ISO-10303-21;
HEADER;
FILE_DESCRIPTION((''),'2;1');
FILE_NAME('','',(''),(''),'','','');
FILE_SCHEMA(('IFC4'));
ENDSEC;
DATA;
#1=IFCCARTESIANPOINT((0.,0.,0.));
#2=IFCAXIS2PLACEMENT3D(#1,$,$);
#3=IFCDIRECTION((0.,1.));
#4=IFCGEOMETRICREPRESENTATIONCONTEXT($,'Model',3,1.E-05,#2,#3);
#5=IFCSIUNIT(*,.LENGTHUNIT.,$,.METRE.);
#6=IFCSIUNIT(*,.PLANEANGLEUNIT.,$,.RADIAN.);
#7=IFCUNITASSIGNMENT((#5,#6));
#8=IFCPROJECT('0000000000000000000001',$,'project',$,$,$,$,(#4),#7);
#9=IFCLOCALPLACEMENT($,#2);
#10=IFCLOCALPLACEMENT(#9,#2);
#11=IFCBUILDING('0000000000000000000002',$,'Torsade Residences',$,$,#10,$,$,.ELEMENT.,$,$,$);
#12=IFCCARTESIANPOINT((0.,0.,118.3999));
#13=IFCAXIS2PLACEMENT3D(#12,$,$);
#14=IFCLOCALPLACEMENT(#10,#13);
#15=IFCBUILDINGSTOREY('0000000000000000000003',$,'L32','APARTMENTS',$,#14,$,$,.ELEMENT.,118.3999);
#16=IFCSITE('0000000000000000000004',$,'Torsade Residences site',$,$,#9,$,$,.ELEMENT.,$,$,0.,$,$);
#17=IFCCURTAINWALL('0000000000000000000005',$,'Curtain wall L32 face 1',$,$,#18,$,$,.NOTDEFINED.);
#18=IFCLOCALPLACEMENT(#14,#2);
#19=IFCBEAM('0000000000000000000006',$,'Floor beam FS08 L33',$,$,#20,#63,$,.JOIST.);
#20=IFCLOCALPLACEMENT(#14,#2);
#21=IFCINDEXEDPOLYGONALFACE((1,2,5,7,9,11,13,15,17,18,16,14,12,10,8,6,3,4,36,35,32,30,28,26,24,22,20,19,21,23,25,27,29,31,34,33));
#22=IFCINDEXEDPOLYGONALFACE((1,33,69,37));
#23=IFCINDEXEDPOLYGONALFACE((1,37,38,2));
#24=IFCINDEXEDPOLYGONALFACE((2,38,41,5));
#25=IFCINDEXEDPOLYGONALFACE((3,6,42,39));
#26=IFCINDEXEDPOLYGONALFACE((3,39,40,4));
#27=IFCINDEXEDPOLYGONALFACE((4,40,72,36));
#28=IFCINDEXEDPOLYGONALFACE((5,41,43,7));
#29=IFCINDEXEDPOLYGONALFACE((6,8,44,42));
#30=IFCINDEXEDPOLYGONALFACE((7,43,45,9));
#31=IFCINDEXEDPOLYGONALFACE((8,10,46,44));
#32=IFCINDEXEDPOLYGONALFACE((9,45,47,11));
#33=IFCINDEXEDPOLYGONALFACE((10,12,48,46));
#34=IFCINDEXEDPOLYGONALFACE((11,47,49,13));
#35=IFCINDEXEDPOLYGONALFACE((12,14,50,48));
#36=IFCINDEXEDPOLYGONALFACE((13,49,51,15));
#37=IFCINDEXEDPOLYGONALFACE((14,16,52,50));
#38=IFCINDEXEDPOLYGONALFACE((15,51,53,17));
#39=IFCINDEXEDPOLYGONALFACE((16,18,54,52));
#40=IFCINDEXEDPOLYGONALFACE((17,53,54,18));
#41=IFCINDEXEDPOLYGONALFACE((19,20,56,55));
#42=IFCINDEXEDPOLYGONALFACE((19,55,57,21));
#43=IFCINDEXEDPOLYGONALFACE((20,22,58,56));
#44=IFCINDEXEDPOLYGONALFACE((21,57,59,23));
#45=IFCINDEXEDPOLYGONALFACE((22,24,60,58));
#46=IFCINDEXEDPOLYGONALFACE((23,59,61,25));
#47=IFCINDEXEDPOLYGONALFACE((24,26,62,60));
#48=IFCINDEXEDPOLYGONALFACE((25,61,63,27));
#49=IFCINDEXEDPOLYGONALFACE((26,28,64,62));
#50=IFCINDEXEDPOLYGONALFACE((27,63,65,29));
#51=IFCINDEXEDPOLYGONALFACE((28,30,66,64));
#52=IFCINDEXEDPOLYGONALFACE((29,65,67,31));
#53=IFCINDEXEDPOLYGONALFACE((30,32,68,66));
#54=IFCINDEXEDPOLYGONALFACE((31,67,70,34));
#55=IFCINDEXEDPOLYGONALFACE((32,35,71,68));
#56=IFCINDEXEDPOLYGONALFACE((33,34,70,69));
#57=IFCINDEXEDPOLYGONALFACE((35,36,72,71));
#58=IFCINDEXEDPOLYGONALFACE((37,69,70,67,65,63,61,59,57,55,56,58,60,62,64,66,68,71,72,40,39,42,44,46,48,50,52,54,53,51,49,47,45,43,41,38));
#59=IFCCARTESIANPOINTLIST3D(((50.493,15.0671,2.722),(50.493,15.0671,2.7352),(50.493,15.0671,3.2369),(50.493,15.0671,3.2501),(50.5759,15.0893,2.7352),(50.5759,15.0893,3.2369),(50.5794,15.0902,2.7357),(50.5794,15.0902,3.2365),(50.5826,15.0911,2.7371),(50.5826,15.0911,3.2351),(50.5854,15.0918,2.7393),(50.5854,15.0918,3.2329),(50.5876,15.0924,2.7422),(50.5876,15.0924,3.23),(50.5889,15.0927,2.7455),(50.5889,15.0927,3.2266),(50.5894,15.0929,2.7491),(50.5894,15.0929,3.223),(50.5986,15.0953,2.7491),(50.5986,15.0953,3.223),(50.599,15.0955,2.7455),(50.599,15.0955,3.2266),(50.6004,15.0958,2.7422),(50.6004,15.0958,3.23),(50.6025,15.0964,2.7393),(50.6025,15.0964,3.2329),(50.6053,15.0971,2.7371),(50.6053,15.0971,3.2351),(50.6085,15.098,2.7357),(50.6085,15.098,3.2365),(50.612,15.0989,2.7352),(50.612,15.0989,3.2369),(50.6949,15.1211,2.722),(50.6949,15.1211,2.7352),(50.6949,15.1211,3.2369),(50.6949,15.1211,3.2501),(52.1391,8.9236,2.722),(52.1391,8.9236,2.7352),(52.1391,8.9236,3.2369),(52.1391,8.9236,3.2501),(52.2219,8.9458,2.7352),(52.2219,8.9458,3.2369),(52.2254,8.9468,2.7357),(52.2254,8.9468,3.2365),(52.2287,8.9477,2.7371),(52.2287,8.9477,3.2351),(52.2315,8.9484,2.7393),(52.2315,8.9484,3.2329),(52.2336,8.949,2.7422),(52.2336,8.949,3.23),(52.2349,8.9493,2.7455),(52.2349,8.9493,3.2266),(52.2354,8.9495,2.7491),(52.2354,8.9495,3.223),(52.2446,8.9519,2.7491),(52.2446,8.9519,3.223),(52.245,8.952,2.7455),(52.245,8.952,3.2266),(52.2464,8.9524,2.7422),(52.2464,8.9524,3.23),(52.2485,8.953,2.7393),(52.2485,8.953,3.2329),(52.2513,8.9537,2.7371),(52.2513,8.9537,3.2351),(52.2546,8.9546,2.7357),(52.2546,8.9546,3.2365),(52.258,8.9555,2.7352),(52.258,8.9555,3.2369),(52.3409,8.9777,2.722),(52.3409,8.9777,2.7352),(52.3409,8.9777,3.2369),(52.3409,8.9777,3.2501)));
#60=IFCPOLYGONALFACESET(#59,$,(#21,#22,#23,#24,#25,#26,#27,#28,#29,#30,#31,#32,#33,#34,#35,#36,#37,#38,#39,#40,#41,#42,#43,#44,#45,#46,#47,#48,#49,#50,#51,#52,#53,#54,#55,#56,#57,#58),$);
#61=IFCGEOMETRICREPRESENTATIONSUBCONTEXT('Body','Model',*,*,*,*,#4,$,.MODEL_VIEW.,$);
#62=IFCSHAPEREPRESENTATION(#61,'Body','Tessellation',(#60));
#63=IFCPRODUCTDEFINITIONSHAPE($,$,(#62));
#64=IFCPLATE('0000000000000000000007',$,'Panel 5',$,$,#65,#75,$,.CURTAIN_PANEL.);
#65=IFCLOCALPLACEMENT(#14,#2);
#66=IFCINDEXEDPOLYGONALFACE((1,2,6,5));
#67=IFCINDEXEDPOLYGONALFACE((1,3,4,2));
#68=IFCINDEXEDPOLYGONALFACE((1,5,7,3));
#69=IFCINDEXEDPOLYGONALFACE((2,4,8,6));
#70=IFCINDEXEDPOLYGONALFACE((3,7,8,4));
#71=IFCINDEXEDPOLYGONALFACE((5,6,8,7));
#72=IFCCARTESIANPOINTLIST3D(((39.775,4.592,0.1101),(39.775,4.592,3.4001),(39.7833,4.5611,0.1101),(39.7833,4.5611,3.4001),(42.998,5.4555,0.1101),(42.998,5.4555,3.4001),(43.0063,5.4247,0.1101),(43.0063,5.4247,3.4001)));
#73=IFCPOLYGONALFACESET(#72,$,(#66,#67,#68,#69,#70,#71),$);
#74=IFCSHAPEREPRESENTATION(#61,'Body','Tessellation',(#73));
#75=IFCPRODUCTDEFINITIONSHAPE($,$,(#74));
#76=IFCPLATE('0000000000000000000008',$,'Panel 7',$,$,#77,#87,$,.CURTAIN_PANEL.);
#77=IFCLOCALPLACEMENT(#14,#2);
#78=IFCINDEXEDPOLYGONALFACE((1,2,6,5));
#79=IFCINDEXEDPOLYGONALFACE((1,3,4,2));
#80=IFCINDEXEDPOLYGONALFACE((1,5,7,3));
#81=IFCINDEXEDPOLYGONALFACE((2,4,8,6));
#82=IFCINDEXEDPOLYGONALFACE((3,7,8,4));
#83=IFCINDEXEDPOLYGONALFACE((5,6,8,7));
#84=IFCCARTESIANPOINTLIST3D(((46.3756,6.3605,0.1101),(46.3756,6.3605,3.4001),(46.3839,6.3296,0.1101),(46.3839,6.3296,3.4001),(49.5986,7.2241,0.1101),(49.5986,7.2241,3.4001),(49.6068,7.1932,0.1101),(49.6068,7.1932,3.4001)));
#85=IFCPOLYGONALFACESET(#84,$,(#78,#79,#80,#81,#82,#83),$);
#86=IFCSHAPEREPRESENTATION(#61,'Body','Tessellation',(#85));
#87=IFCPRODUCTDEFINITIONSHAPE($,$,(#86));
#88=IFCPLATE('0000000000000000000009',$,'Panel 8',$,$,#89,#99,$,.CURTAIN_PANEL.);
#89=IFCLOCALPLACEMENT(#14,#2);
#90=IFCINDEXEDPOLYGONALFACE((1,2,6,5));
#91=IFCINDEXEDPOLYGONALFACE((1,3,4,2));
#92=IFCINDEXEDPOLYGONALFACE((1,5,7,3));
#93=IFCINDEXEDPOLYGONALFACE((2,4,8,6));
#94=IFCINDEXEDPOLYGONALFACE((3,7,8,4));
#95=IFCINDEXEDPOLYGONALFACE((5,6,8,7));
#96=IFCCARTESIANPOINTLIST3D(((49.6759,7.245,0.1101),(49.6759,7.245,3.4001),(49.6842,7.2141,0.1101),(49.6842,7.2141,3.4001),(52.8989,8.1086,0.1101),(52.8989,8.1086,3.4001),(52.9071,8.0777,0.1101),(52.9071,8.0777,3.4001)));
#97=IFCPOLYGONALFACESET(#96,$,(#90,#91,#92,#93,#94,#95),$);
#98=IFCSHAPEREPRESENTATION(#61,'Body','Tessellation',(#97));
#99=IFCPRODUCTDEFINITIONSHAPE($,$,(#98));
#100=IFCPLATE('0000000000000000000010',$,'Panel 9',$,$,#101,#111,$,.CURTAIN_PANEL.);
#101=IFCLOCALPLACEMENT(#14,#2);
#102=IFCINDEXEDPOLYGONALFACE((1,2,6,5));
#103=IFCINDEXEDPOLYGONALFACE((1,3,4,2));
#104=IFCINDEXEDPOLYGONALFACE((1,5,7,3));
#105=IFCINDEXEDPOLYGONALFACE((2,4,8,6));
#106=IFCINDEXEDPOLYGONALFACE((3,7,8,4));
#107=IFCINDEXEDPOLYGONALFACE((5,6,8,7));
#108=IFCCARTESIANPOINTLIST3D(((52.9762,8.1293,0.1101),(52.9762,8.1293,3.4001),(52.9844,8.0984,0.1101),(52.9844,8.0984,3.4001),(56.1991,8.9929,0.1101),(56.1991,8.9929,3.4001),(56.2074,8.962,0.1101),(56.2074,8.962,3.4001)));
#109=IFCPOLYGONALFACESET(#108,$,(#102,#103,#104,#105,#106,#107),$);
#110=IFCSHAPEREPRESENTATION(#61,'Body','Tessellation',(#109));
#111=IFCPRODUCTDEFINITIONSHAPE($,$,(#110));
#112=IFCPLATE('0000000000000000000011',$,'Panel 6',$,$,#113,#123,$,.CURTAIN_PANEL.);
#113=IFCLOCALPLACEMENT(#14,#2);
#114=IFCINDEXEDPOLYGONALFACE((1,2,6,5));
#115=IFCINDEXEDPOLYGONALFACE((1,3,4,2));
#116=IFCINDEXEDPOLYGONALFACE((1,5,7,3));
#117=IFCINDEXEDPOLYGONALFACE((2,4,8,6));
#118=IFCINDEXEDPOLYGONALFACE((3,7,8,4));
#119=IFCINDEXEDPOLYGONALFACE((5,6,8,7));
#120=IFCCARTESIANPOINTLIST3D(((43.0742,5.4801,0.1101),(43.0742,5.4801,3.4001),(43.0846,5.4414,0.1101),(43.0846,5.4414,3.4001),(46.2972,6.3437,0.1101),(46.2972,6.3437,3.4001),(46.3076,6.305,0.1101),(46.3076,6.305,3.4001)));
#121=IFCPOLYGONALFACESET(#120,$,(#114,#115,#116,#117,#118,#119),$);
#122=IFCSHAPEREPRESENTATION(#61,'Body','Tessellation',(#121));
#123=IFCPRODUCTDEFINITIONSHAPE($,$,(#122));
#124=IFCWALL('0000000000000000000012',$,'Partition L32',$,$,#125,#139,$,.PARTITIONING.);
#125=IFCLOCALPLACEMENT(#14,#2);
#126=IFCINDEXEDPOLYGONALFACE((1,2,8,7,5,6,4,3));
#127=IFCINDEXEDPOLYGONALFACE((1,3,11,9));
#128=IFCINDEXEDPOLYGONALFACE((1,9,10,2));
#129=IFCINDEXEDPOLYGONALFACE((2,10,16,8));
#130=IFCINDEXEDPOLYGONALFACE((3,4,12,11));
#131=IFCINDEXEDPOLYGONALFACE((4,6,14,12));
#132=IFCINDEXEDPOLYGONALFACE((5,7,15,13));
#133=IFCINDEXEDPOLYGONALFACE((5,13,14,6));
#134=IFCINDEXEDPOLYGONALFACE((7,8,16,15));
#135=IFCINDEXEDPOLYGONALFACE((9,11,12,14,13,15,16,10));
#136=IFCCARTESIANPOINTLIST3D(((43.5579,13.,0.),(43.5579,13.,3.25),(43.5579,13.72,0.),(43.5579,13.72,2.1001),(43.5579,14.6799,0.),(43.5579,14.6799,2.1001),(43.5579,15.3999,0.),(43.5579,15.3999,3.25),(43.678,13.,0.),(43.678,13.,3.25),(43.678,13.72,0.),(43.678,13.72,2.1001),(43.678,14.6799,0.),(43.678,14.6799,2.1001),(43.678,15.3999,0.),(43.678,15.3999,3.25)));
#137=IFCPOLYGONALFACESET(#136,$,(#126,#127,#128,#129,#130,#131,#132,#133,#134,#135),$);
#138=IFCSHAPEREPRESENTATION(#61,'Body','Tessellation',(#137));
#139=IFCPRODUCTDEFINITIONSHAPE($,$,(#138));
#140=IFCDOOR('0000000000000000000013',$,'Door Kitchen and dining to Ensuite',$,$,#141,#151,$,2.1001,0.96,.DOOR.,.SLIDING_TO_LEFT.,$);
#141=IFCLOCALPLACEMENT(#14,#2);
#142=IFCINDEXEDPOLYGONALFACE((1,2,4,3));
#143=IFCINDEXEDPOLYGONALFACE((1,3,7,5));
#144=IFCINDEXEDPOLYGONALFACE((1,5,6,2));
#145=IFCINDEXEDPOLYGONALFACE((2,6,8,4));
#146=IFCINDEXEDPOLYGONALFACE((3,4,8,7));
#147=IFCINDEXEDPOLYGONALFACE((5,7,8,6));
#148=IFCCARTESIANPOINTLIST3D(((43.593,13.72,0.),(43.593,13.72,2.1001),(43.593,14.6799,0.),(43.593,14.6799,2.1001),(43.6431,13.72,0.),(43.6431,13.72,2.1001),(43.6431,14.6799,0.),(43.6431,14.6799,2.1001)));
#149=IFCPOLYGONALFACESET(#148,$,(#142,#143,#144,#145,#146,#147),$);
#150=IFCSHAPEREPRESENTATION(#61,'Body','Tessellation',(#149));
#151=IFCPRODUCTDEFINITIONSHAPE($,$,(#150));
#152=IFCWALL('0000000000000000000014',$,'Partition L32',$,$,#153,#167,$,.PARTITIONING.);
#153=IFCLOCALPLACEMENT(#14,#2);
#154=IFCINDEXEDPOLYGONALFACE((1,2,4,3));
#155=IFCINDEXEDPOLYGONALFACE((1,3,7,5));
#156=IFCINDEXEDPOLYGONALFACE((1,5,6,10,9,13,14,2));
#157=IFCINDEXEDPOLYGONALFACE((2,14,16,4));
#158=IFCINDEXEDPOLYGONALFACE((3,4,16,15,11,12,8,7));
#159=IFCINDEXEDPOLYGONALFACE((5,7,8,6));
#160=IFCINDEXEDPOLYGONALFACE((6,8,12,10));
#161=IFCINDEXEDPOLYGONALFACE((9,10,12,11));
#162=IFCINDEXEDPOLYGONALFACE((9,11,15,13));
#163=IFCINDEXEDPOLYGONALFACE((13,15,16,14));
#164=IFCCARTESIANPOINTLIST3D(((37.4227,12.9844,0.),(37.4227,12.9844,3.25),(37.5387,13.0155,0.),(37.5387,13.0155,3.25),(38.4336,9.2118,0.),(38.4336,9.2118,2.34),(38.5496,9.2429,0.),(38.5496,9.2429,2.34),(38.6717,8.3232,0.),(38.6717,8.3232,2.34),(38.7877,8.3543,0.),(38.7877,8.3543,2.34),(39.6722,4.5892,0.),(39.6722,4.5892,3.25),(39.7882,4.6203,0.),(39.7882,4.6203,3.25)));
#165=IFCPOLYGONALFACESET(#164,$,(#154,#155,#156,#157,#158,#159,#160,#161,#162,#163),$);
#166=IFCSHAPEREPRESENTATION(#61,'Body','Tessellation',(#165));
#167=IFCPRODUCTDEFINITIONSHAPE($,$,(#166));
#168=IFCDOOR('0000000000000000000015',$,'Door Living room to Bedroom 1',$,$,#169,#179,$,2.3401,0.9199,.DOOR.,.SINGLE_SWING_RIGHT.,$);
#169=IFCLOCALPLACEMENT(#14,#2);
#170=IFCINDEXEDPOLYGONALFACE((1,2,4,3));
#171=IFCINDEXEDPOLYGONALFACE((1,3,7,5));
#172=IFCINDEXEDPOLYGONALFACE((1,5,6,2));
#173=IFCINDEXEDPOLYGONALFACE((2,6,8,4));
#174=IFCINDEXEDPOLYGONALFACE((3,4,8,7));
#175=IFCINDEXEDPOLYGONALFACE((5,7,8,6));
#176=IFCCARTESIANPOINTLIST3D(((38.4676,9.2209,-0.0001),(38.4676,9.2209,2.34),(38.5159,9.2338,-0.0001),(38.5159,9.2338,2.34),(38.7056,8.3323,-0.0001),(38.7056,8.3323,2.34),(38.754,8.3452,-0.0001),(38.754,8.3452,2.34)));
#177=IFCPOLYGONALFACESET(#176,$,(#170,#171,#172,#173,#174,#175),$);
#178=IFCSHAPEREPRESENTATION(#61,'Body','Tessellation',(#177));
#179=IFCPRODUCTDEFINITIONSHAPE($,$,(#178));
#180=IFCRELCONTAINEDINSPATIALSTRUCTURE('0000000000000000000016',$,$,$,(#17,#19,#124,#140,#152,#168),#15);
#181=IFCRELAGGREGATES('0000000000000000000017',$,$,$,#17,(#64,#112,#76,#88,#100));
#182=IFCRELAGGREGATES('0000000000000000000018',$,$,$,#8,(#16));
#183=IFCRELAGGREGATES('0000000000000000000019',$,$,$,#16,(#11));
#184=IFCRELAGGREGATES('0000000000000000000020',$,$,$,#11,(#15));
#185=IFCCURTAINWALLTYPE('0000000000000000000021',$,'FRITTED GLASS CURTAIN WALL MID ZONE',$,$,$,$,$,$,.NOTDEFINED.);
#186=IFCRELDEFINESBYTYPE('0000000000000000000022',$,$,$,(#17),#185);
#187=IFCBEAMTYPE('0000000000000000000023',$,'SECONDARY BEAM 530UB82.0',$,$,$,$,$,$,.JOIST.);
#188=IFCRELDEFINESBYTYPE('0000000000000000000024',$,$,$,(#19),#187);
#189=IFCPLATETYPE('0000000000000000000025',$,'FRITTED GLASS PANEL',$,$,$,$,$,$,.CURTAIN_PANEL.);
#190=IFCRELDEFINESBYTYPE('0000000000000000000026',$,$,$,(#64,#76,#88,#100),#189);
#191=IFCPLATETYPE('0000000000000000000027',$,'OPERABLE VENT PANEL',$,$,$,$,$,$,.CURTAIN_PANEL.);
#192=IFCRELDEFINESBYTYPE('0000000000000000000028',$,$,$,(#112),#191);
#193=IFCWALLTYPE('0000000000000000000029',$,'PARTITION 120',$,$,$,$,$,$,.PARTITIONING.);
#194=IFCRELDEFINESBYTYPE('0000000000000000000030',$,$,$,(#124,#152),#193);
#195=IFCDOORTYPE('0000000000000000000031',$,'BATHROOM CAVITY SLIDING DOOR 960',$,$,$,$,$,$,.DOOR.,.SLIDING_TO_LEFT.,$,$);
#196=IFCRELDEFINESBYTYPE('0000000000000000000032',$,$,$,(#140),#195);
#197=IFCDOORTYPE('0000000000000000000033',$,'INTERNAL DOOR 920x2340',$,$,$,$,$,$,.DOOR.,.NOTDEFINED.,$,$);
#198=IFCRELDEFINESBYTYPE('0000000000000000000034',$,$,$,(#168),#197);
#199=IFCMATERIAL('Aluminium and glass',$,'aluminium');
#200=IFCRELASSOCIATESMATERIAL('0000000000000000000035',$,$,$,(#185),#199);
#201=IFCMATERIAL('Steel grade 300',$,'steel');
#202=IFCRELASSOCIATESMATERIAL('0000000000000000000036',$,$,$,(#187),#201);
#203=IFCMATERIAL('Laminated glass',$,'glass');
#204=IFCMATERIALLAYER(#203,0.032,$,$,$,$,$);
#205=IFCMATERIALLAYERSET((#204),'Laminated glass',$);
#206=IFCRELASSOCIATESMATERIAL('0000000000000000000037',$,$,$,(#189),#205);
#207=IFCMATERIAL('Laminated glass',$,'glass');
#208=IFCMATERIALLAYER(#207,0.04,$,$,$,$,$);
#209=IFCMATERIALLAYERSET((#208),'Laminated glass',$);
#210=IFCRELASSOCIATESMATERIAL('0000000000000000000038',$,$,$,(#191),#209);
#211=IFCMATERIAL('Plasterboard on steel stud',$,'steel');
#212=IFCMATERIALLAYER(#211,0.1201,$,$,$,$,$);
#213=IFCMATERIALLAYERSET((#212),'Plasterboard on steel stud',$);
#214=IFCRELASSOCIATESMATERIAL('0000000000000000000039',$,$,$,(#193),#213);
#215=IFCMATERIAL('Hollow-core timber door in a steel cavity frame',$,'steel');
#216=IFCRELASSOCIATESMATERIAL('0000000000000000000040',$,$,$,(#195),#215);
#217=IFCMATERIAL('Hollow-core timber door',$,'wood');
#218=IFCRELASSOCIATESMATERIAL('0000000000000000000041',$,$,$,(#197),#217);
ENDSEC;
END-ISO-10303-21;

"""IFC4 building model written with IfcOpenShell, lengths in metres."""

from ifc_helpers import new_model, si_unit, direction, frame, frame_2d, origin, origin_2d, place, context, subcontext, project, spatial, rectangle, i_section, extrude, material, layer, layer_set, material_profile, profile_set, type_object, element, fill, aggregate, save


model = new_model("IFC4")

# Units and contexts
model_context = context("Model", 3, precision=1e-05, world=origin(), true_north=direction((0.0, 1.0)))
body_context = subcontext(model_context, "Body", "Model", "MODEL_VIEW")
ifc_project = project(units=[si_unit("LENGTHUNIT", "METRE"), si_unit("PLANEANGLEUNIT", "RADIAN")], contexts=[model_context])

# Site, building, storey
site_placement = place(None, origin())
site = spatial("IfcSite", under=ifc_project, at=site_placement, Name="Torsade Residences site", CompositionType="ELEMENT", RefElevation=0.0)
building_placement = place(site_placement, origin())
building = spatial("IfcBuilding", under=site, at=building_placement, Name="Torsade Residences", CompositionType="ELEMENT")
storey_placement = place(building_placement, frame((0.0, 0.0, 118.3999)))
storey = spatial("IfcBuildingStorey", under=building, at=storey_placement, Name="L32", Description="APARTMENTS", CompositionType="ELEMENT", Elevation=118.3999)

# Curtain wall
ifc_material_1 = material(Name="Aluminium and glass", Category="aluminium")
curtain_wall_type = type_object("IfcCurtainWallType", Name="FRITTED GLASS CURTAIN WALL MID ZONE", PredefinedType="NOTDEFINED", material=ifc_material_1)
curtain_wall_placement = place(storey_placement, origin())
curtain_wall = element("IfcCurtainWall", 1, at=curtain_wall_placement, inside=storey, type_object=curtain_wall_type, Name="Curtain wall L32 face 1", PredefinedType="NOTDEFINED")

# Beam
ifc_material_2 = material(Name="Steel grade 300", Category="steel")
ifc_material_profile_1 = material_profile(ifc_material_2, i_section(OverallWidth=0.209, OverallDepth=0.5281, WebThickness=0.0095, FlangeThickness=0.0132, FilletRadius=0.0139, at=origin_2d()), Name="530UB82.0")
ifc_profile_set_1 = profile_set([ifc_material_profile_1], Name="Steel grade 300")
beam_type_1 = type_object("IfcBeamType", Name="SECONDARY BEAM 530UB82.0", PredefinedType="JOIST", material=ifc_profile_set_1)
beam_1_placement = place(storey_placement, frame((52.24, 8.9507, 2.9861), z_axis=(-0.258805, 0.96593, 0.0), x_axis=(-0.96593, -0.258805, 0.0)))
element("IfcBeam", 2, at=beam_1_placement, inside=storey, type_object=beam_type_1, Name="Floor beam FS08 L33", PredefinedType="JOIST", context=body_context, shape_type="SweptSolid", body=[
    extrude(i_section(OverallWidth=0.209, OverallDepth=0.5281, WebThickness=0.0095, FlangeThickness=0.0132, FilletRadius=0.0139, at=origin_2d()), origin(), (0.0, 0.0, 1.0), 6.3601),
])

# Plates
ifc_material_3 = material(Name="Laminated glass", Category="glass")
ifc_layer_1 = layer(ifc_material_3, 0.032)
ifc_layer_set_1 = layer_set([ifc_layer_1], Name="Laminated glass")
plate_type_1 = type_object("IfcPlateType", Name="FRITTED GLASS PANEL", PredefinedType="CURTAIN_PANEL", material=ifc_layer_set_1)
plate_1_placement = place(storey_placement, frame((41.3906, 5.0083, 0.1101), z_axis=(0.0, 0.0, 1.0), x_axis=(0.965926, 0.258819, 0.0)))
plate_1 = element("IfcPlate", 3, at=plate_1_placement, type_object=plate_type_1, Name="Panel 5", PredefinedType="CURTAIN_PANEL", context=body_context, shape_type="SweptSolid", body=[
    extrude(rectangle(XDim=3.3367, YDim=0.032, at=origin_2d()), origin(), (0.0, 0.0, 1.0), 3.29),
])
plate_2_placement = place(storey_placement, frame((47.9912, 6.7769, 0.1101), z_axis=(0.0, 0.0, 1.0), x_axis=(0.965926, 0.258819, 0.0)))
plate_2 = element("IfcPlate", 4, at=plate_2_placement, type_object=plate_type_1, Name="Panel 7", PredefinedType="CURTAIN_PANEL", context=body_context, shape_type="SweptSolid", body=[
    extrude(rectangle(XDim=3.3367, YDim=0.032, at=origin_2d()), origin(), (0.0, 0.0, 1.0), 3.29),
])
plate_3_placement = place(storey_placement, frame((51.2915, 7.6614, 0.1101), z_axis=(0.0, 0.0, 1.0), x_axis=(0.965926, 0.258819, 0.0)))
plate_3 = element("IfcPlate", 5, at=plate_3_placement, type_object=plate_type_1, Name="Panel 8", PredefinedType="CURTAIN_PANEL", context=body_context, shape_type="SweptSolid", body=[
    extrude(rectangle(XDim=3.3367, YDim=0.032, at=origin_2d()), origin(), (0.0, 0.0, 1.0), 3.29),
])
plate_4_placement = place(storey_placement, frame((54.5918, 8.5457, 0.1101), z_axis=(0.0, 0.0, 1.0), x_axis=(0.965926, 0.258819, 0.0)))
plate_4 = element("IfcPlate", 6, at=plate_4_placement, type_object=plate_type_1, Name="Panel 9", PredefinedType="CURTAIN_PANEL", context=body_context, shape_type="SweptSolid", body=[
    extrude(rectangle(XDim=3.3367, YDim=0.032, at=origin_2d()), origin(), (0.0, 0.0, 1.0), 3.29),
])
ifc_material_4 = material(Name="Laminated glass", Category="glass")
ifc_layer_2 = layer(ifc_material_4, 0.04)
ifc_layer_set_2 = layer_set([ifc_layer_2], Name="Laminated glass")
plate_type_2 = type_object("IfcPlateType", Name="OPERABLE VENT PANEL", PredefinedType="CURTAIN_PANEL", material=ifc_layer_set_2)
plate_5_placement = place(storey_placement, frame((44.6909, 5.8926, 0.1101), z_axis=(0.0, 0.0, 1.0), x_axis=(0.965926, 0.258819, 0.0)))
plate_5 = element("IfcPlate", 7, at=plate_5_placement, type_object=plate_type_2, Name="Panel 6", PredefinedType="CURTAIN_PANEL", context=body_context, shape_type="SweptSolid", body=[
    extrude(rectangle(XDim=3.3367, YDim=0.04, at=origin_2d()), origin(), (0.0, 0.0, 1.0), 3.29),
])
aggregate(curtain_wall, [plate_1, plate_5, plate_2, plate_3, plate_4])

# Walls, openings, doors
ifc_material_5 = material(Name="Plasterboard on steel stud", Category="steel")
ifc_layer_3 = layer(ifc_material_5, 0.1201)
ifc_layer_set_3 = layer_set([ifc_layer_3], Name="Plasterboard on steel stud")
wall_type = type_object("IfcWallType", Name="PARTITION 120", PredefinedType="PARTITIONING", material=ifc_layer_set_3)
wall_1_placement = place(storey_placement, frame((43.6179, 13.0, 0.0), z_axis=(0.0, 0.0, 1.0), x_axis=(0.0, 1.0, 0.0)))
wall_1 = element("IfcWall", 8, at=wall_1_placement, inside=storey, type_object=wall_type, Name="Partition L32", PredefinedType="PARTITIONING", context=body_context, shape_type="SweptSolid", body=[
    extrude(rectangle(XDim=2.3999, YDim=0.1201, at=frame_2d((1.2, 0.0))), origin(), (0.0, 0.0, 1.0), 3.25),
])
opening_1_placement = place(wall_1_placement, frame((0.72, 0.0, 0.0)))
opening_1 = element("IfcOpeningElement", 9, at=opening_1_placement, cuts=wall_1, PredefinedType="OPENING", context=body_context, shape_type="SweptSolid", body=[
    extrude(rectangle(XDim=0.96, YDim=2.1001, at=frame_2d((0.48, 1.05))), frame((0.0, 0.0701, 0.0), z_axis=(0.0, -1.0, 0.0), x_axis=(1.0, 0.0, 0.0)), (0.0, 0.0, 1.0), 0.1401),
])
ifc_material_6 = material(Name="Hollow-core timber door in a steel cavity frame", Category="steel")
door_type_1 = type_object("IfcDoorType", Name="BATHROOM CAVITY SLIDING DOOR 960", OperationType="SLIDING_TO_LEFT", PredefinedType="DOOR", material=ifc_material_6)
door_1_placement = place(opening_1_placement, origin())
door_1 = element("IfcDoor", 10, at=door_1_placement, inside=storey, type_object=door_type_1, Name="Door Kitchen and dining to Ensuite", OperationType="SLIDING_TO_LEFT", OverallHeight=2.1001, OverallWidth=0.96, PredefinedType="DOOR", context=body_context, shape_type="SweptSolid", body=[
    extrude(rectangle(XDim=0.96, YDim=2.1001, at=frame_2d((0.48, 1.05))), frame((0.0, 0.0249, 0.0), z_axis=(0.0, -1.0, 0.0), x_axis=(1.0, 0.0, 0.0)), (0.0, 0.0, 1.0), 0.05),
])
fill(opening_1, door_1)
wall_2_placement = place(storey_placement, frame((39.7302, 4.6047, 0.0), z_axis=(0.0, 0.0, 1.0), x_axis=(-0.25882, 0.965926, 0.0)))
wall_2 = element("IfcWall", 11, at=wall_2_placement, inside=storey, type_object=wall_type, Name="Partition L32", PredefinedType="PARTITIONING", context=body_context, shape_type="SweptSolid", body=[
    extrude(rectangle(XDim=8.6914, YDim=0.1201, at=frame_2d((4.3457, 0.0))), origin(), (0.0, 0.0, 1.0), 3.25),
])
opening_2_placement = place(wall_2_placement, frame((3.8657, 0.0, 0.0)))
opening_2 = element("IfcOpeningElement", 12, at=opening_2_placement, cuts=wall_2, PredefinedType="OPENING", context=body_context, shape_type="SweptSolid", body=[
    extrude(rectangle(XDim=0.9199, YDim=2.3401, at=frame_2d((0.46, 1.1699))), frame((0.0, 0.0701, 0.0), z_axis=(0.0, -1.0, 0.0), x_axis=(1.0, 0.0, 0.0)), (0.0, 0.0, 1.0), 0.1401),
])
ifc_material_7 = material(Name="Hollow-core timber door", Category="wood")
door_type_2 = type_object("IfcDoorType", Name="INTERNAL DOOR 920x2340", OperationType="NOTDEFINED", PredefinedType="DOOR", material=ifc_material_7)
door_2_placement = place(opening_2_placement, origin())
door_2 = element("IfcDoor", 13, at=door_2_placement, inside=storey, type_object=door_type_2, Name="Door Living room to Bedroom 1", OperationType="SINGLE_SWING_RIGHT", OverallHeight=2.3401, OverallWidth=0.9199, PredefinedType="DOOR", context=body_context, shape_type="SweptSolid", body=[
    extrude(rectangle(XDim=0.9199, YDim=2.3401, at=frame_2d((0.46, 1.1699))), frame((0.0, 0.0249, 0.0), z_axis=(0.0, -1.0, 0.0), x_axis=(1.0, 0.0, 0.0)), (0.0, 0.0, 1.0), 0.05),
])
fill(opening_2, door_2)

save(model, "model.ifc")
